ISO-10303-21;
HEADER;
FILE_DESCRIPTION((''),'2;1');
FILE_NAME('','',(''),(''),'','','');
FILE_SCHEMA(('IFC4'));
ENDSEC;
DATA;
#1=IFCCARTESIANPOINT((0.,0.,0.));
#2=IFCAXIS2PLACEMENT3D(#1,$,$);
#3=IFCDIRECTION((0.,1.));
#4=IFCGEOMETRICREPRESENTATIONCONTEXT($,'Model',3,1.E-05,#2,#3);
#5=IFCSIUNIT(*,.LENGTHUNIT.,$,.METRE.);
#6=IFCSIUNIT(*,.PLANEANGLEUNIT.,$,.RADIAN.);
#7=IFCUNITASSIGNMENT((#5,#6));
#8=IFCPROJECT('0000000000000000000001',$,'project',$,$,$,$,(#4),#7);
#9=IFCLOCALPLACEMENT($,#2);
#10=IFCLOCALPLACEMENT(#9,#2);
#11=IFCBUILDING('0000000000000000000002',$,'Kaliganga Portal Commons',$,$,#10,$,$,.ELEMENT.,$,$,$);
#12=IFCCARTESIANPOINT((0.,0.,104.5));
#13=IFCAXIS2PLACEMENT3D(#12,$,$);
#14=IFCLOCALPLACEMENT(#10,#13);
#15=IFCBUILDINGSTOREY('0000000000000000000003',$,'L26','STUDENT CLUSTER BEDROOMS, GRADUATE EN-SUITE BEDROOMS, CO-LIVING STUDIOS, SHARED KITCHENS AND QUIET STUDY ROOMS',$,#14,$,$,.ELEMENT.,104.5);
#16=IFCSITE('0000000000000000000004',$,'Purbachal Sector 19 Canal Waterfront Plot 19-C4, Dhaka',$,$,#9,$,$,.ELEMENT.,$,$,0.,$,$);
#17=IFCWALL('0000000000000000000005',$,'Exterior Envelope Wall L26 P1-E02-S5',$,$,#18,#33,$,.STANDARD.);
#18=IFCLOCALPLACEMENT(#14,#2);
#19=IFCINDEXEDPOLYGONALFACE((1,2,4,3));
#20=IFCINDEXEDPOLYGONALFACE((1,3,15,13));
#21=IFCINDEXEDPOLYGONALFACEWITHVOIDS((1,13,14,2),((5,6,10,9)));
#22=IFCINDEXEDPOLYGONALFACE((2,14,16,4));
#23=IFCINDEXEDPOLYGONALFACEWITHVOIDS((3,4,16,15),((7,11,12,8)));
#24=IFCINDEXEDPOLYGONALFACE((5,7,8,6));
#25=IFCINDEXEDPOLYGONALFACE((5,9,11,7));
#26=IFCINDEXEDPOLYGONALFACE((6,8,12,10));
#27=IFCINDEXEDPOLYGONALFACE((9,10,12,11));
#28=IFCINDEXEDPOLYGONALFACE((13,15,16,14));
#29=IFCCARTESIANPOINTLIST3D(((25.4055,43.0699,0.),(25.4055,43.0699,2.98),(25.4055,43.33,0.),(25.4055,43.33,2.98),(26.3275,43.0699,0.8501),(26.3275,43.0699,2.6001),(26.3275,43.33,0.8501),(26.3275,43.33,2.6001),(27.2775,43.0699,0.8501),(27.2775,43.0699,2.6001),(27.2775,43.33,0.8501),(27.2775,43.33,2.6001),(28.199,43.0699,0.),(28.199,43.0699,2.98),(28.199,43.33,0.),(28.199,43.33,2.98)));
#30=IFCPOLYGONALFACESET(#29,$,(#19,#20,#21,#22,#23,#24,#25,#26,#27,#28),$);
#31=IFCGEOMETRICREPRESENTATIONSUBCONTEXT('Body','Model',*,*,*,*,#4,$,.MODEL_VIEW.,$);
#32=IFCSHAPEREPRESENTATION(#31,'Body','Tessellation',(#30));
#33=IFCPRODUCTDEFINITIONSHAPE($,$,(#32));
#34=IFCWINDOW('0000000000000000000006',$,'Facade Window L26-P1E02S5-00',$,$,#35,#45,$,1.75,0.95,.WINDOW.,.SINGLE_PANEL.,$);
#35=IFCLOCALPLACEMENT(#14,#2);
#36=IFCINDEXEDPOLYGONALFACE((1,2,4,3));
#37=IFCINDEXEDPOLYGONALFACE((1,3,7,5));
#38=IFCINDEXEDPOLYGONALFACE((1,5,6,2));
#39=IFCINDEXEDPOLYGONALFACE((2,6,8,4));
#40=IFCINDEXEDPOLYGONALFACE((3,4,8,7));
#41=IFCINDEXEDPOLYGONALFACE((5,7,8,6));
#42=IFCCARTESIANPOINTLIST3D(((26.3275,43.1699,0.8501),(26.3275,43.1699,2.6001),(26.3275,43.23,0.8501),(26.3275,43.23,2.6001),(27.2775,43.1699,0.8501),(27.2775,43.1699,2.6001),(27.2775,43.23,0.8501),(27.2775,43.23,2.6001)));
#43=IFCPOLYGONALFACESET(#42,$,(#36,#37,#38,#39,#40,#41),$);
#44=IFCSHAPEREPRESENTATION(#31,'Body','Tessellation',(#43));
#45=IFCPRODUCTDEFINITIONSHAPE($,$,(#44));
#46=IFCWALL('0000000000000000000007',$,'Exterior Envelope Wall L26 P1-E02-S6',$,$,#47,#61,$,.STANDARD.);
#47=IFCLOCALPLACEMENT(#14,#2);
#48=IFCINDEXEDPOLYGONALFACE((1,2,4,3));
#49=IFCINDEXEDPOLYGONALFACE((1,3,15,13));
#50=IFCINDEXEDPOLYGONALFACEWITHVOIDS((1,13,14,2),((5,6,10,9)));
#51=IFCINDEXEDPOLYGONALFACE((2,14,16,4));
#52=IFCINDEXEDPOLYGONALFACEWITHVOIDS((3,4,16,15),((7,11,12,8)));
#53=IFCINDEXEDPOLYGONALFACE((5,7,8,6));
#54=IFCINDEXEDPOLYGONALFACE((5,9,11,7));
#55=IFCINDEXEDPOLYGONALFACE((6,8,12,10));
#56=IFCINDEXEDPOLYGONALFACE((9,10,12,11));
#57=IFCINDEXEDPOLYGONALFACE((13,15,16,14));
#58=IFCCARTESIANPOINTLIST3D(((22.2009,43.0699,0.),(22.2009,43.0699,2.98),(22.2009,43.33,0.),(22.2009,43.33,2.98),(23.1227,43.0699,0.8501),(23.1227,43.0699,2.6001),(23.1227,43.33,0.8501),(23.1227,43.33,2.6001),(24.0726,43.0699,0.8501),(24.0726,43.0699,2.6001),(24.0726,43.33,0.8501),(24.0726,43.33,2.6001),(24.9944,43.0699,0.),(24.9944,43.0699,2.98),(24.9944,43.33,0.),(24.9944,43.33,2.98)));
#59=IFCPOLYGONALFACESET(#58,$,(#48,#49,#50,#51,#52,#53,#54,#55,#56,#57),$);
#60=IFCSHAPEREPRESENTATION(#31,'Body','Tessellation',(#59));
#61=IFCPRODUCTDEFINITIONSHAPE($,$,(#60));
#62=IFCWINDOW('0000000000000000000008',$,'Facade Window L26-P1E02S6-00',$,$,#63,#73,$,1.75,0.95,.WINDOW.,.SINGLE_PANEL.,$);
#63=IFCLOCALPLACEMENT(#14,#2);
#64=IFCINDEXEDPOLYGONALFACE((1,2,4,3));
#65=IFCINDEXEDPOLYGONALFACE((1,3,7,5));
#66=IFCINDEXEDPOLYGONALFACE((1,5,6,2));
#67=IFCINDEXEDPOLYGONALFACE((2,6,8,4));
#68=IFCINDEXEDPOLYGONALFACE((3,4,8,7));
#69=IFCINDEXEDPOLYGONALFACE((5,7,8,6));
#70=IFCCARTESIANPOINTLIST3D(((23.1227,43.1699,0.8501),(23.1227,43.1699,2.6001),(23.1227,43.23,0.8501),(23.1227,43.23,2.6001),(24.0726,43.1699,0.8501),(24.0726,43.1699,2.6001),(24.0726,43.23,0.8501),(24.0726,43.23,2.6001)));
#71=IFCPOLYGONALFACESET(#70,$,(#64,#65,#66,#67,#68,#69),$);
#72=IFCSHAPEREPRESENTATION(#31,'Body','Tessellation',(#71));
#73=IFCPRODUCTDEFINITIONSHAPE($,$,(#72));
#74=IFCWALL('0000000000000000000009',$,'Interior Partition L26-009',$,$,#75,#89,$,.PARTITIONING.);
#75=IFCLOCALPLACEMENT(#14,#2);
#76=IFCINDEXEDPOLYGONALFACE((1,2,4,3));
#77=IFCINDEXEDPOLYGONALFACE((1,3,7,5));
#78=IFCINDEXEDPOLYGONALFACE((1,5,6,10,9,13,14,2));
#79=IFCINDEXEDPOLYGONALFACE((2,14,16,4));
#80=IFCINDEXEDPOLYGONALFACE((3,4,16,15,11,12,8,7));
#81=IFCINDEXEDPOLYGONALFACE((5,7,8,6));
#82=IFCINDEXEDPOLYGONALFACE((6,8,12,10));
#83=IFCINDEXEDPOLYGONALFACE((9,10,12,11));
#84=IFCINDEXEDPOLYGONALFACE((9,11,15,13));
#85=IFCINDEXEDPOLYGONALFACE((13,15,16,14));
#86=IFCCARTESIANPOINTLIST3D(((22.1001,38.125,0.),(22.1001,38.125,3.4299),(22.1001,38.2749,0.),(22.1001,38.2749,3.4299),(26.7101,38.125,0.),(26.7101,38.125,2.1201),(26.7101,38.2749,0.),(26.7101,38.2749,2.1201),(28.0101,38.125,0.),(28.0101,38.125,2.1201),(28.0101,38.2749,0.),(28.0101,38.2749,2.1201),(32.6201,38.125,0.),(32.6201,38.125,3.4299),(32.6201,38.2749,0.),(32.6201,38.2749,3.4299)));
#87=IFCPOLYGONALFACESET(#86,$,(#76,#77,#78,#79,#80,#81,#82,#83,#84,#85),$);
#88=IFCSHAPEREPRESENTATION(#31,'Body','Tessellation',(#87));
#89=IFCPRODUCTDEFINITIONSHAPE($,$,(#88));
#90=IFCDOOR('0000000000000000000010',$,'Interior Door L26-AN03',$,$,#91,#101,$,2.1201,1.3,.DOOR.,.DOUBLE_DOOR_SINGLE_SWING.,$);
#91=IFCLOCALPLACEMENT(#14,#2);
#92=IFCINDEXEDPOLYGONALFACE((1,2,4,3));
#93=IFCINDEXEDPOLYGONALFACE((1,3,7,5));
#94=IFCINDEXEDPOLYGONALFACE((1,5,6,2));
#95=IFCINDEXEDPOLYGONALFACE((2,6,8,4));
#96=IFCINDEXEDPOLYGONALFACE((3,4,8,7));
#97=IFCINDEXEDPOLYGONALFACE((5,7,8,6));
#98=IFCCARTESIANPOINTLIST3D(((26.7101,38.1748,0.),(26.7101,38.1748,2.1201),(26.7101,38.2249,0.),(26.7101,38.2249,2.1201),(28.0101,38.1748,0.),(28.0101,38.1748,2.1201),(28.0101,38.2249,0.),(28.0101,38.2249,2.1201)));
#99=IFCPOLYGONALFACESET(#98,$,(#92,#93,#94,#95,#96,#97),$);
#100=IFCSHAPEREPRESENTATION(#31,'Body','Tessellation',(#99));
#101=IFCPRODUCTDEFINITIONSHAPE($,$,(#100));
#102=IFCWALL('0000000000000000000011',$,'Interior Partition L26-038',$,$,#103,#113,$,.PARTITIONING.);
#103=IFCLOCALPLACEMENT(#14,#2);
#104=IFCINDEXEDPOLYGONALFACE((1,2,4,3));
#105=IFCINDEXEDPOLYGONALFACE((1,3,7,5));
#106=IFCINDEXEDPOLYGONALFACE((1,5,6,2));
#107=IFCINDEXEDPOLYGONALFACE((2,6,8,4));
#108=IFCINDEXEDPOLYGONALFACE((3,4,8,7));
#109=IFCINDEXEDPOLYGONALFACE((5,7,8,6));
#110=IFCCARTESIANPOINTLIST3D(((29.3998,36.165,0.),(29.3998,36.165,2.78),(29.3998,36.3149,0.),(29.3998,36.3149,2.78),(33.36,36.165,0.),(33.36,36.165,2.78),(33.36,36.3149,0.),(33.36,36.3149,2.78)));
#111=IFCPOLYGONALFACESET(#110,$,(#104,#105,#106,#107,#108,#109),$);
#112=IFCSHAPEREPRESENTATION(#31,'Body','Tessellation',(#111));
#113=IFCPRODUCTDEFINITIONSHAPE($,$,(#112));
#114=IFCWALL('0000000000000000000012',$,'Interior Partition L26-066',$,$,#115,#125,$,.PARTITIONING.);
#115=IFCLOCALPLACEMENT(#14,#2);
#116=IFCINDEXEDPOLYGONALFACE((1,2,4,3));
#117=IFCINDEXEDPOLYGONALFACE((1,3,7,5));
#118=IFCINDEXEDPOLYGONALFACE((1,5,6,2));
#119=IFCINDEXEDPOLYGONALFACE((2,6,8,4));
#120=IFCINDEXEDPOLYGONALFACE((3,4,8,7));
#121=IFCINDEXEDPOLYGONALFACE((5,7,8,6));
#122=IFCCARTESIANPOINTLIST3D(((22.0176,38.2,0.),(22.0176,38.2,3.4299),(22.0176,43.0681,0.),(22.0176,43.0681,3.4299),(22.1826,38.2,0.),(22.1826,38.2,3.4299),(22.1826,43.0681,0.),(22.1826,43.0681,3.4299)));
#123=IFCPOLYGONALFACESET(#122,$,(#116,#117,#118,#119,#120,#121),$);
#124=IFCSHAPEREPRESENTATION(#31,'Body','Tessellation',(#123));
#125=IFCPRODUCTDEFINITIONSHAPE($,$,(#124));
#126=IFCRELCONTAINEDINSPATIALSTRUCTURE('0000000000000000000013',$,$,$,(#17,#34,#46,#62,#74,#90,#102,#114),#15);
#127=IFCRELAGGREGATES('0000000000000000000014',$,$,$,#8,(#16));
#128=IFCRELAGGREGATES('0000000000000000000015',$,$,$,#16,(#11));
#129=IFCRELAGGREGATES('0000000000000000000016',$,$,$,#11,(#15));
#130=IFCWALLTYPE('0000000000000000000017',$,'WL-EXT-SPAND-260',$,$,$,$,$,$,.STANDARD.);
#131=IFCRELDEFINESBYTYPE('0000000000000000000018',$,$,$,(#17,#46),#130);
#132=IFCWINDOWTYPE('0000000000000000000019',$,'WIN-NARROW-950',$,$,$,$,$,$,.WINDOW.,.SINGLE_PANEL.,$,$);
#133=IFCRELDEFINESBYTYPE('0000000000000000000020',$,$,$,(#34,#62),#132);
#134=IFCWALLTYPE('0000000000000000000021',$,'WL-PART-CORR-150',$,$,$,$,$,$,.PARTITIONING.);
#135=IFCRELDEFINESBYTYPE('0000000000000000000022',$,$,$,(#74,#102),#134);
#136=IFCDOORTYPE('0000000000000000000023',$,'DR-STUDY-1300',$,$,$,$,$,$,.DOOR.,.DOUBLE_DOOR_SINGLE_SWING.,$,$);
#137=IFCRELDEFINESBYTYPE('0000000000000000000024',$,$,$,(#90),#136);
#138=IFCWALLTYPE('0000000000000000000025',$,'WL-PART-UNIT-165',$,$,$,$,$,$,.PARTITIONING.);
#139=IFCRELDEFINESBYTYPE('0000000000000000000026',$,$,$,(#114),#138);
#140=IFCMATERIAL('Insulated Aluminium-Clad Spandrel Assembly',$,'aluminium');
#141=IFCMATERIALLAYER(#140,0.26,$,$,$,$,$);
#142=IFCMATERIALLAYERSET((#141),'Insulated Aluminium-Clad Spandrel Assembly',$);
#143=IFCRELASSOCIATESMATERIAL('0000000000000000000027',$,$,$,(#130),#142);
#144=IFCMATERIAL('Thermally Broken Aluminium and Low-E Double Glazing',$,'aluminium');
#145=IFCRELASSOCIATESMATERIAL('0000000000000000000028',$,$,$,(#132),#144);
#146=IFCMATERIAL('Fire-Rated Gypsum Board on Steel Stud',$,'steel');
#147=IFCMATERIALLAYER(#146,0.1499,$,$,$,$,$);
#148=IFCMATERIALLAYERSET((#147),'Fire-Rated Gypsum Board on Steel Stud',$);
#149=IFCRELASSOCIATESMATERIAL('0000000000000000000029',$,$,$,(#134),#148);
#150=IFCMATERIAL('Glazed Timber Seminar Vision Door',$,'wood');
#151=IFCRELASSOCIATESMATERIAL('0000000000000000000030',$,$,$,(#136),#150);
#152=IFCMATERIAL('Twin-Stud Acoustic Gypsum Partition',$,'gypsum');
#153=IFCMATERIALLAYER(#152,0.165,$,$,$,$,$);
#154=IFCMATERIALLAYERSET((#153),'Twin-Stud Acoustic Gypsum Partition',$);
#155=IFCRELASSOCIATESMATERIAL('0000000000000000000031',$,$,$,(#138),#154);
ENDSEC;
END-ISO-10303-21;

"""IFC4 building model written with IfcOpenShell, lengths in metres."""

from ifc_helpers import new_model, si_unit, direction, frame, frame_2d, origin, place, context, subcontext, project, spatial, rectangle, extrude, material, layer, layer_set, type_object, element, fill, save


model = new_model("IFC4")

# Units and contexts
model_context = context("Model", 3, precision=1e-05, world=origin(), true_north=direction((0.0, 1.0)))
body_context = subcontext(model_context, "Body", "Model", "MODEL_VIEW")
ifc_project = project(units=[si_unit("LENGTHUNIT", "METRE"), si_unit("PLANEANGLEUNIT", "RADIAN")], contexts=[model_context])

# Site, building, storey
site_placement = place(None, origin())
site = spatial("IfcSite", under=ifc_project, at=site_placement, Name="Purbachal Sector 19 Canal Waterfront Plot 19-C4, Dhaka", CompositionType="ELEMENT", RefElevation=0.0)
building_placement = place(site_placement, origin())
building = spatial("IfcBuilding", under=site, at=building_placement, Name="Kaliganga Portal Commons", CompositionType="ELEMENT")
storey_placement = place(building_placement, frame((0.0, 0.0, 104.5)))
storey = spatial("IfcBuildingStorey", under=building, at=storey_placement, Name="L26", Description="STUDENT CLUSTER BEDROOMS, GRADUATE EN-SUITE BEDROOMS, CO-LIVING STUDIOS, SHARED KITCHENS AND QUIET STUDY ROOMS", CompositionType="ELEMENT", Elevation=104.5)

# Walls, openings, windows
ifc_material_1 = material(Name="Insulated Aluminium-Clad Spandrel Assembly", Category="aluminium")
ifc_layer_1 = layer(ifc_material_1, 0.26)
ifc_layer_set_1 = layer_set([ifc_layer_1], Name="Insulated Aluminium-Clad Spandrel Assembly")
wall_type_1 = type_object("IfcWallType", Name="WL-EXT-SPAND-260", PredefinedType="STANDARD", material=ifc_layer_set_1)
ifc_material_2 = material(Name="Thermally Broken Aluminium and Low-E Double Glazing", Category="aluminium")
window_type = type_object("IfcWindowType", Name="WIN-NARROW-950", PartitioningType="SINGLE_PANEL", PredefinedType="WINDOW", material=ifc_material_2)
wall_1_placement = place(storey_placement, frame((25.4055, 43.2, 0.0), z_axis=(0.0, 0.0, 1.0), x_axis=(1.0, 0.0, 0.0)))
wall_1 = element("IfcWall", 1, at=wall_1_placement, inside=storey, type_object=wall_type_1, Name="Exterior Envelope Wall L26 P1-E02-S5", PredefinedType="STANDARD", context=body_context, shape_type="SweptSolid", body=[
    extrude(rectangle(XDim=2.7935, YDim=0.26, at=frame_2d((1.3967, 0.0))), origin(), (0.0, 0.0, 1.0), 2.98),
])
opening_1_placement = place(wall_1_placement, frame((0.9219, 0.0, 0.8501)))
opening_1 = element("IfcOpeningElement", 2, at=opening_1_placement, cuts=wall_1, PredefinedType="OPENING", context=body_context, shape_type="SweptSolid", body=[
    extrude(rectangle(XDim=0.95, YDim=1.75, at=frame_2d((0.4751, 0.875))), frame((0.0, 0.1401, 0.0), z_axis=(0.0, -1.0, 0.0), x_axis=(1.0, 0.0, 0.0)), (0.0, 0.0, 1.0), 0.28),
])
window_1_placement = place(opening_1_placement, origin())
window_1 = element("IfcWindow", 3, at=window_1_placement, inside=storey, type_object=window_type, Name="Facade Window L26-P1E02S5-00", OverallHeight=1.75, OverallWidth=0.95, PartitioningType="SINGLE_PANEL", PredefinedType="WINDOW", context=body_context, shape_type="SweptSolid", body=[
    extrude(rectangle(XDim=0.95, YDim=1.75, at=frame_2d((0.4751, 0.875))), frame((0.0, 0.03, 0.0), z_axis=(0.0, -1.0, 0.0), x_axis=(1.0, 0.0, 0.0)), (0.0, 0.0, 1.0), 0.0601),
])
fill(opening_1, window_1)
wall_2_placement = place(storey_placement, frame((22.2009, 43.2, 0.0), z_axis=(0.0, 0.0, 1.0), x_axis=(1.0, 0.0, 0.0)))
wall_2 = element("IfcWall", 4, at=wall_2_placement, inside=storey, type_object=wall_type_1, Name="Exterior Envelope Wall L26 P1-E02-S6", PredefinedType="STANDARD", context=body_context, shape_type="SweptSolid", body=[
    extrude(rectangle(XDim=2.7935, YDim=0.26, at=frame_2d((1.3967, 0.0))), origin(), (0.0, 0.0, 1.0), 2.98),
])
opening_2_placement = place(wall_2_placement, frame((0.9216, 0.0, 0.8501)))
opening_2 = element("IfcOpeningElement", 5, at=opening_2_placement, cuts=wall_2, PredefinedType="OPENING", context=body_context, shape_type="SweptSolid", body=[
    extrude(rectangle(XDim=0.95, YDim=1.75, at=frame_2d((0.4751, 0.875))), frame((0.0, 0.1401, 0.0), z_axis=(0.0, -1.0, 0.0), x_axis=(1.0, 0.0, 0.0)), (0.0, 0.0, 1.0), 0.28),
])
window_2_placement = place(opening_2_placement, origin())
window_2 = element("IfcWindow", 6, at=window_2_placement, inside=storey, type_object=window_type, Name="Facade Window L26-P1E02S6-00", OverallHeight=1.75, OverallWidth=0.95, PartitioningType="SINGLE_PANEL", PredefinedType="WINDOW", context=body_context, shape_type="SweptSolid", body=[
    extrude(rectangle(XDim=0.95, YDim=1.75, at=frame_2d((0.4751, 0.875))), frame((0.0, 0.03, 0.0), z_axis=(0.0, -1.0, 0.0), x_axis=(1.0, 0.0, 0.0)), (0.0, 0.0, 1.0), 0.0601),
])
fill(opening_2, window_2)

# Wall, opening, door
ifc_material_3 = material(Name="Fire-Rated Gypsum Board on Steel Stud", Category="steel")
ifc_layer_2 = layer(ifc_material_3, 0.1499)
ifc_layer_set_2 = layer_set([ifc_layer_2], Name="Fire-Rated Gypsum Board on Steel Stud")
wall_type_2 = type_object("IfcWallType", Name="WL-PART-CORR-150", PredefinedType="PARTITIONING", material=ifc_layer_set_2)
wall_3_placement = place(storey_placement, frame((22.1001, 38.2, 0.0), z_axis=(0.0, 0.0, 1.0), x_axis=(1.0, 0.0, 0.0)))
wall_3 = element("IfcWall", 7, at=wall_3_placement, inside=storey, type_object=wall_type_2, Name="Interior Partition L26-009", PredefinedType="PARTITIONING", context=body_context, shape_type="SweptSolid", body=[
    extrude(rectangle(XDim=10.52, YDim=0.1499, at=frame_2d((5.26, 0.0))), origin(), (0.0, 0.0, 1.0), 3.4299),
])
opening_3_placement = place(wall_3_placement, frame((4.6101, 0.0, 0.0)))
opening_3 = element("IfcOpeningElement", 8, at=opening_3_placement, cuts=wall_3, PredefinedType="OPENING", context=body_context, shape_type="SweptSolid", body=[
    extrude(rectangle(XDim=1.3, YDim=2.1201, at=frame_2d((0.6499, 1.0601))), frame((0.0, 0.085, 0.0), z_axis=(0.0, -1.0, 0.0), x_axis=(1.0, 0.0, 0.0)), (0.0, 0.0, 1.0), 0.1699),
])
ifc_material_4 = material(Name="Glazed Timber Seminar Vision Door", Category="wood")
door_type = type_object("IfcDoorType", Name="DR-STUDY-1300", OperationType="DOUBLE_DOOR_SINGLE_SWING", PredefinedType="DOOR", material=ifc_material_4)
door_placement = place(opening_3_placement, origin())
door = element("IfcDoor", 9, at=door_placement, inside=storey, type_object=door_type, Name="Interior Door L26-AN03", OperationType="DOUBLE_DOOR_SINGLE_SWING", OverallHeight=2.1201, OverallWidth=1.3, PredefinedType="DOOR", context=body_context, shape_type="SweptSolid", body=[
    extrude(rectangle(XDim=1.3, YDim=2.1201, at=frame_2d((0.6499, 1.0601))), frame((0.0, 0.0249, 0.0), z_axis=(0.0, -1.0, 0.0), x_axis=(1.0, 0.0, 0.0)), (0.0, 0.0, 1.0), 0.05),
])
fill(opening_3, door)

# Walls
wall_4_placement = place(storey_placement, frame((29.3999, 36.24, 0.0), z_axis=(0.0, 0.0, 1.0), x_axis=(1.0, 0.0, 0.0)))
element("IfcWall", 10, at=wall_4_placement, inside=storey, type_object=wall_type_2, Name="Interior Partition L26-038", PredefinedType="PARTITIONING", context=body_context, shape_type="SweptSolid", body=[
    extrude(rectangle(XDim=3.9602, YDim=0.1499, at=frame_2d((1.98, 0.0))), origin(), (0.0, 0.0, 1.0), 2.78),
])
ifc_material_5 = material(Name="Twin-Stud Acoustic Gypsum Partition", Category="gypsum")
ifc_layer_3 = layer(ifc_material_5, 0.165)
ifc_layer_set_3 = layer_set([ifc_layer_3], Name="Twin-Stud Acoustic Gypsum Partition")
wall_type_3 = type_object("IfcWallType", Name="WL-PART-UNIT-165", PredefinedType="PARTITIONING", material=ifc_layer_set_3)
wall_5_placement = place(storey_placement, frame((22.1001, 38.2, 0.0), z_axis=(0.0, 0.0, 1.0), x_axis=(0.0, 1.0, 0.0)))
element("IfcWall", 11, at=wall_5_placement, inside=storey, type_object=wall_type_3, Name="Interior Partition L26-066", PredefinedType="PARTITIONING", context=body_context, shape_type="SweptSolid", body=[
    extrude(rectangle(XDim=4.8682, YDim=0.165, at=frame_2d((2.4341, 0.0))), origin(), (0.0, 0.0, 1.0), 3.4299),
])

save(model, "model.ifc")
